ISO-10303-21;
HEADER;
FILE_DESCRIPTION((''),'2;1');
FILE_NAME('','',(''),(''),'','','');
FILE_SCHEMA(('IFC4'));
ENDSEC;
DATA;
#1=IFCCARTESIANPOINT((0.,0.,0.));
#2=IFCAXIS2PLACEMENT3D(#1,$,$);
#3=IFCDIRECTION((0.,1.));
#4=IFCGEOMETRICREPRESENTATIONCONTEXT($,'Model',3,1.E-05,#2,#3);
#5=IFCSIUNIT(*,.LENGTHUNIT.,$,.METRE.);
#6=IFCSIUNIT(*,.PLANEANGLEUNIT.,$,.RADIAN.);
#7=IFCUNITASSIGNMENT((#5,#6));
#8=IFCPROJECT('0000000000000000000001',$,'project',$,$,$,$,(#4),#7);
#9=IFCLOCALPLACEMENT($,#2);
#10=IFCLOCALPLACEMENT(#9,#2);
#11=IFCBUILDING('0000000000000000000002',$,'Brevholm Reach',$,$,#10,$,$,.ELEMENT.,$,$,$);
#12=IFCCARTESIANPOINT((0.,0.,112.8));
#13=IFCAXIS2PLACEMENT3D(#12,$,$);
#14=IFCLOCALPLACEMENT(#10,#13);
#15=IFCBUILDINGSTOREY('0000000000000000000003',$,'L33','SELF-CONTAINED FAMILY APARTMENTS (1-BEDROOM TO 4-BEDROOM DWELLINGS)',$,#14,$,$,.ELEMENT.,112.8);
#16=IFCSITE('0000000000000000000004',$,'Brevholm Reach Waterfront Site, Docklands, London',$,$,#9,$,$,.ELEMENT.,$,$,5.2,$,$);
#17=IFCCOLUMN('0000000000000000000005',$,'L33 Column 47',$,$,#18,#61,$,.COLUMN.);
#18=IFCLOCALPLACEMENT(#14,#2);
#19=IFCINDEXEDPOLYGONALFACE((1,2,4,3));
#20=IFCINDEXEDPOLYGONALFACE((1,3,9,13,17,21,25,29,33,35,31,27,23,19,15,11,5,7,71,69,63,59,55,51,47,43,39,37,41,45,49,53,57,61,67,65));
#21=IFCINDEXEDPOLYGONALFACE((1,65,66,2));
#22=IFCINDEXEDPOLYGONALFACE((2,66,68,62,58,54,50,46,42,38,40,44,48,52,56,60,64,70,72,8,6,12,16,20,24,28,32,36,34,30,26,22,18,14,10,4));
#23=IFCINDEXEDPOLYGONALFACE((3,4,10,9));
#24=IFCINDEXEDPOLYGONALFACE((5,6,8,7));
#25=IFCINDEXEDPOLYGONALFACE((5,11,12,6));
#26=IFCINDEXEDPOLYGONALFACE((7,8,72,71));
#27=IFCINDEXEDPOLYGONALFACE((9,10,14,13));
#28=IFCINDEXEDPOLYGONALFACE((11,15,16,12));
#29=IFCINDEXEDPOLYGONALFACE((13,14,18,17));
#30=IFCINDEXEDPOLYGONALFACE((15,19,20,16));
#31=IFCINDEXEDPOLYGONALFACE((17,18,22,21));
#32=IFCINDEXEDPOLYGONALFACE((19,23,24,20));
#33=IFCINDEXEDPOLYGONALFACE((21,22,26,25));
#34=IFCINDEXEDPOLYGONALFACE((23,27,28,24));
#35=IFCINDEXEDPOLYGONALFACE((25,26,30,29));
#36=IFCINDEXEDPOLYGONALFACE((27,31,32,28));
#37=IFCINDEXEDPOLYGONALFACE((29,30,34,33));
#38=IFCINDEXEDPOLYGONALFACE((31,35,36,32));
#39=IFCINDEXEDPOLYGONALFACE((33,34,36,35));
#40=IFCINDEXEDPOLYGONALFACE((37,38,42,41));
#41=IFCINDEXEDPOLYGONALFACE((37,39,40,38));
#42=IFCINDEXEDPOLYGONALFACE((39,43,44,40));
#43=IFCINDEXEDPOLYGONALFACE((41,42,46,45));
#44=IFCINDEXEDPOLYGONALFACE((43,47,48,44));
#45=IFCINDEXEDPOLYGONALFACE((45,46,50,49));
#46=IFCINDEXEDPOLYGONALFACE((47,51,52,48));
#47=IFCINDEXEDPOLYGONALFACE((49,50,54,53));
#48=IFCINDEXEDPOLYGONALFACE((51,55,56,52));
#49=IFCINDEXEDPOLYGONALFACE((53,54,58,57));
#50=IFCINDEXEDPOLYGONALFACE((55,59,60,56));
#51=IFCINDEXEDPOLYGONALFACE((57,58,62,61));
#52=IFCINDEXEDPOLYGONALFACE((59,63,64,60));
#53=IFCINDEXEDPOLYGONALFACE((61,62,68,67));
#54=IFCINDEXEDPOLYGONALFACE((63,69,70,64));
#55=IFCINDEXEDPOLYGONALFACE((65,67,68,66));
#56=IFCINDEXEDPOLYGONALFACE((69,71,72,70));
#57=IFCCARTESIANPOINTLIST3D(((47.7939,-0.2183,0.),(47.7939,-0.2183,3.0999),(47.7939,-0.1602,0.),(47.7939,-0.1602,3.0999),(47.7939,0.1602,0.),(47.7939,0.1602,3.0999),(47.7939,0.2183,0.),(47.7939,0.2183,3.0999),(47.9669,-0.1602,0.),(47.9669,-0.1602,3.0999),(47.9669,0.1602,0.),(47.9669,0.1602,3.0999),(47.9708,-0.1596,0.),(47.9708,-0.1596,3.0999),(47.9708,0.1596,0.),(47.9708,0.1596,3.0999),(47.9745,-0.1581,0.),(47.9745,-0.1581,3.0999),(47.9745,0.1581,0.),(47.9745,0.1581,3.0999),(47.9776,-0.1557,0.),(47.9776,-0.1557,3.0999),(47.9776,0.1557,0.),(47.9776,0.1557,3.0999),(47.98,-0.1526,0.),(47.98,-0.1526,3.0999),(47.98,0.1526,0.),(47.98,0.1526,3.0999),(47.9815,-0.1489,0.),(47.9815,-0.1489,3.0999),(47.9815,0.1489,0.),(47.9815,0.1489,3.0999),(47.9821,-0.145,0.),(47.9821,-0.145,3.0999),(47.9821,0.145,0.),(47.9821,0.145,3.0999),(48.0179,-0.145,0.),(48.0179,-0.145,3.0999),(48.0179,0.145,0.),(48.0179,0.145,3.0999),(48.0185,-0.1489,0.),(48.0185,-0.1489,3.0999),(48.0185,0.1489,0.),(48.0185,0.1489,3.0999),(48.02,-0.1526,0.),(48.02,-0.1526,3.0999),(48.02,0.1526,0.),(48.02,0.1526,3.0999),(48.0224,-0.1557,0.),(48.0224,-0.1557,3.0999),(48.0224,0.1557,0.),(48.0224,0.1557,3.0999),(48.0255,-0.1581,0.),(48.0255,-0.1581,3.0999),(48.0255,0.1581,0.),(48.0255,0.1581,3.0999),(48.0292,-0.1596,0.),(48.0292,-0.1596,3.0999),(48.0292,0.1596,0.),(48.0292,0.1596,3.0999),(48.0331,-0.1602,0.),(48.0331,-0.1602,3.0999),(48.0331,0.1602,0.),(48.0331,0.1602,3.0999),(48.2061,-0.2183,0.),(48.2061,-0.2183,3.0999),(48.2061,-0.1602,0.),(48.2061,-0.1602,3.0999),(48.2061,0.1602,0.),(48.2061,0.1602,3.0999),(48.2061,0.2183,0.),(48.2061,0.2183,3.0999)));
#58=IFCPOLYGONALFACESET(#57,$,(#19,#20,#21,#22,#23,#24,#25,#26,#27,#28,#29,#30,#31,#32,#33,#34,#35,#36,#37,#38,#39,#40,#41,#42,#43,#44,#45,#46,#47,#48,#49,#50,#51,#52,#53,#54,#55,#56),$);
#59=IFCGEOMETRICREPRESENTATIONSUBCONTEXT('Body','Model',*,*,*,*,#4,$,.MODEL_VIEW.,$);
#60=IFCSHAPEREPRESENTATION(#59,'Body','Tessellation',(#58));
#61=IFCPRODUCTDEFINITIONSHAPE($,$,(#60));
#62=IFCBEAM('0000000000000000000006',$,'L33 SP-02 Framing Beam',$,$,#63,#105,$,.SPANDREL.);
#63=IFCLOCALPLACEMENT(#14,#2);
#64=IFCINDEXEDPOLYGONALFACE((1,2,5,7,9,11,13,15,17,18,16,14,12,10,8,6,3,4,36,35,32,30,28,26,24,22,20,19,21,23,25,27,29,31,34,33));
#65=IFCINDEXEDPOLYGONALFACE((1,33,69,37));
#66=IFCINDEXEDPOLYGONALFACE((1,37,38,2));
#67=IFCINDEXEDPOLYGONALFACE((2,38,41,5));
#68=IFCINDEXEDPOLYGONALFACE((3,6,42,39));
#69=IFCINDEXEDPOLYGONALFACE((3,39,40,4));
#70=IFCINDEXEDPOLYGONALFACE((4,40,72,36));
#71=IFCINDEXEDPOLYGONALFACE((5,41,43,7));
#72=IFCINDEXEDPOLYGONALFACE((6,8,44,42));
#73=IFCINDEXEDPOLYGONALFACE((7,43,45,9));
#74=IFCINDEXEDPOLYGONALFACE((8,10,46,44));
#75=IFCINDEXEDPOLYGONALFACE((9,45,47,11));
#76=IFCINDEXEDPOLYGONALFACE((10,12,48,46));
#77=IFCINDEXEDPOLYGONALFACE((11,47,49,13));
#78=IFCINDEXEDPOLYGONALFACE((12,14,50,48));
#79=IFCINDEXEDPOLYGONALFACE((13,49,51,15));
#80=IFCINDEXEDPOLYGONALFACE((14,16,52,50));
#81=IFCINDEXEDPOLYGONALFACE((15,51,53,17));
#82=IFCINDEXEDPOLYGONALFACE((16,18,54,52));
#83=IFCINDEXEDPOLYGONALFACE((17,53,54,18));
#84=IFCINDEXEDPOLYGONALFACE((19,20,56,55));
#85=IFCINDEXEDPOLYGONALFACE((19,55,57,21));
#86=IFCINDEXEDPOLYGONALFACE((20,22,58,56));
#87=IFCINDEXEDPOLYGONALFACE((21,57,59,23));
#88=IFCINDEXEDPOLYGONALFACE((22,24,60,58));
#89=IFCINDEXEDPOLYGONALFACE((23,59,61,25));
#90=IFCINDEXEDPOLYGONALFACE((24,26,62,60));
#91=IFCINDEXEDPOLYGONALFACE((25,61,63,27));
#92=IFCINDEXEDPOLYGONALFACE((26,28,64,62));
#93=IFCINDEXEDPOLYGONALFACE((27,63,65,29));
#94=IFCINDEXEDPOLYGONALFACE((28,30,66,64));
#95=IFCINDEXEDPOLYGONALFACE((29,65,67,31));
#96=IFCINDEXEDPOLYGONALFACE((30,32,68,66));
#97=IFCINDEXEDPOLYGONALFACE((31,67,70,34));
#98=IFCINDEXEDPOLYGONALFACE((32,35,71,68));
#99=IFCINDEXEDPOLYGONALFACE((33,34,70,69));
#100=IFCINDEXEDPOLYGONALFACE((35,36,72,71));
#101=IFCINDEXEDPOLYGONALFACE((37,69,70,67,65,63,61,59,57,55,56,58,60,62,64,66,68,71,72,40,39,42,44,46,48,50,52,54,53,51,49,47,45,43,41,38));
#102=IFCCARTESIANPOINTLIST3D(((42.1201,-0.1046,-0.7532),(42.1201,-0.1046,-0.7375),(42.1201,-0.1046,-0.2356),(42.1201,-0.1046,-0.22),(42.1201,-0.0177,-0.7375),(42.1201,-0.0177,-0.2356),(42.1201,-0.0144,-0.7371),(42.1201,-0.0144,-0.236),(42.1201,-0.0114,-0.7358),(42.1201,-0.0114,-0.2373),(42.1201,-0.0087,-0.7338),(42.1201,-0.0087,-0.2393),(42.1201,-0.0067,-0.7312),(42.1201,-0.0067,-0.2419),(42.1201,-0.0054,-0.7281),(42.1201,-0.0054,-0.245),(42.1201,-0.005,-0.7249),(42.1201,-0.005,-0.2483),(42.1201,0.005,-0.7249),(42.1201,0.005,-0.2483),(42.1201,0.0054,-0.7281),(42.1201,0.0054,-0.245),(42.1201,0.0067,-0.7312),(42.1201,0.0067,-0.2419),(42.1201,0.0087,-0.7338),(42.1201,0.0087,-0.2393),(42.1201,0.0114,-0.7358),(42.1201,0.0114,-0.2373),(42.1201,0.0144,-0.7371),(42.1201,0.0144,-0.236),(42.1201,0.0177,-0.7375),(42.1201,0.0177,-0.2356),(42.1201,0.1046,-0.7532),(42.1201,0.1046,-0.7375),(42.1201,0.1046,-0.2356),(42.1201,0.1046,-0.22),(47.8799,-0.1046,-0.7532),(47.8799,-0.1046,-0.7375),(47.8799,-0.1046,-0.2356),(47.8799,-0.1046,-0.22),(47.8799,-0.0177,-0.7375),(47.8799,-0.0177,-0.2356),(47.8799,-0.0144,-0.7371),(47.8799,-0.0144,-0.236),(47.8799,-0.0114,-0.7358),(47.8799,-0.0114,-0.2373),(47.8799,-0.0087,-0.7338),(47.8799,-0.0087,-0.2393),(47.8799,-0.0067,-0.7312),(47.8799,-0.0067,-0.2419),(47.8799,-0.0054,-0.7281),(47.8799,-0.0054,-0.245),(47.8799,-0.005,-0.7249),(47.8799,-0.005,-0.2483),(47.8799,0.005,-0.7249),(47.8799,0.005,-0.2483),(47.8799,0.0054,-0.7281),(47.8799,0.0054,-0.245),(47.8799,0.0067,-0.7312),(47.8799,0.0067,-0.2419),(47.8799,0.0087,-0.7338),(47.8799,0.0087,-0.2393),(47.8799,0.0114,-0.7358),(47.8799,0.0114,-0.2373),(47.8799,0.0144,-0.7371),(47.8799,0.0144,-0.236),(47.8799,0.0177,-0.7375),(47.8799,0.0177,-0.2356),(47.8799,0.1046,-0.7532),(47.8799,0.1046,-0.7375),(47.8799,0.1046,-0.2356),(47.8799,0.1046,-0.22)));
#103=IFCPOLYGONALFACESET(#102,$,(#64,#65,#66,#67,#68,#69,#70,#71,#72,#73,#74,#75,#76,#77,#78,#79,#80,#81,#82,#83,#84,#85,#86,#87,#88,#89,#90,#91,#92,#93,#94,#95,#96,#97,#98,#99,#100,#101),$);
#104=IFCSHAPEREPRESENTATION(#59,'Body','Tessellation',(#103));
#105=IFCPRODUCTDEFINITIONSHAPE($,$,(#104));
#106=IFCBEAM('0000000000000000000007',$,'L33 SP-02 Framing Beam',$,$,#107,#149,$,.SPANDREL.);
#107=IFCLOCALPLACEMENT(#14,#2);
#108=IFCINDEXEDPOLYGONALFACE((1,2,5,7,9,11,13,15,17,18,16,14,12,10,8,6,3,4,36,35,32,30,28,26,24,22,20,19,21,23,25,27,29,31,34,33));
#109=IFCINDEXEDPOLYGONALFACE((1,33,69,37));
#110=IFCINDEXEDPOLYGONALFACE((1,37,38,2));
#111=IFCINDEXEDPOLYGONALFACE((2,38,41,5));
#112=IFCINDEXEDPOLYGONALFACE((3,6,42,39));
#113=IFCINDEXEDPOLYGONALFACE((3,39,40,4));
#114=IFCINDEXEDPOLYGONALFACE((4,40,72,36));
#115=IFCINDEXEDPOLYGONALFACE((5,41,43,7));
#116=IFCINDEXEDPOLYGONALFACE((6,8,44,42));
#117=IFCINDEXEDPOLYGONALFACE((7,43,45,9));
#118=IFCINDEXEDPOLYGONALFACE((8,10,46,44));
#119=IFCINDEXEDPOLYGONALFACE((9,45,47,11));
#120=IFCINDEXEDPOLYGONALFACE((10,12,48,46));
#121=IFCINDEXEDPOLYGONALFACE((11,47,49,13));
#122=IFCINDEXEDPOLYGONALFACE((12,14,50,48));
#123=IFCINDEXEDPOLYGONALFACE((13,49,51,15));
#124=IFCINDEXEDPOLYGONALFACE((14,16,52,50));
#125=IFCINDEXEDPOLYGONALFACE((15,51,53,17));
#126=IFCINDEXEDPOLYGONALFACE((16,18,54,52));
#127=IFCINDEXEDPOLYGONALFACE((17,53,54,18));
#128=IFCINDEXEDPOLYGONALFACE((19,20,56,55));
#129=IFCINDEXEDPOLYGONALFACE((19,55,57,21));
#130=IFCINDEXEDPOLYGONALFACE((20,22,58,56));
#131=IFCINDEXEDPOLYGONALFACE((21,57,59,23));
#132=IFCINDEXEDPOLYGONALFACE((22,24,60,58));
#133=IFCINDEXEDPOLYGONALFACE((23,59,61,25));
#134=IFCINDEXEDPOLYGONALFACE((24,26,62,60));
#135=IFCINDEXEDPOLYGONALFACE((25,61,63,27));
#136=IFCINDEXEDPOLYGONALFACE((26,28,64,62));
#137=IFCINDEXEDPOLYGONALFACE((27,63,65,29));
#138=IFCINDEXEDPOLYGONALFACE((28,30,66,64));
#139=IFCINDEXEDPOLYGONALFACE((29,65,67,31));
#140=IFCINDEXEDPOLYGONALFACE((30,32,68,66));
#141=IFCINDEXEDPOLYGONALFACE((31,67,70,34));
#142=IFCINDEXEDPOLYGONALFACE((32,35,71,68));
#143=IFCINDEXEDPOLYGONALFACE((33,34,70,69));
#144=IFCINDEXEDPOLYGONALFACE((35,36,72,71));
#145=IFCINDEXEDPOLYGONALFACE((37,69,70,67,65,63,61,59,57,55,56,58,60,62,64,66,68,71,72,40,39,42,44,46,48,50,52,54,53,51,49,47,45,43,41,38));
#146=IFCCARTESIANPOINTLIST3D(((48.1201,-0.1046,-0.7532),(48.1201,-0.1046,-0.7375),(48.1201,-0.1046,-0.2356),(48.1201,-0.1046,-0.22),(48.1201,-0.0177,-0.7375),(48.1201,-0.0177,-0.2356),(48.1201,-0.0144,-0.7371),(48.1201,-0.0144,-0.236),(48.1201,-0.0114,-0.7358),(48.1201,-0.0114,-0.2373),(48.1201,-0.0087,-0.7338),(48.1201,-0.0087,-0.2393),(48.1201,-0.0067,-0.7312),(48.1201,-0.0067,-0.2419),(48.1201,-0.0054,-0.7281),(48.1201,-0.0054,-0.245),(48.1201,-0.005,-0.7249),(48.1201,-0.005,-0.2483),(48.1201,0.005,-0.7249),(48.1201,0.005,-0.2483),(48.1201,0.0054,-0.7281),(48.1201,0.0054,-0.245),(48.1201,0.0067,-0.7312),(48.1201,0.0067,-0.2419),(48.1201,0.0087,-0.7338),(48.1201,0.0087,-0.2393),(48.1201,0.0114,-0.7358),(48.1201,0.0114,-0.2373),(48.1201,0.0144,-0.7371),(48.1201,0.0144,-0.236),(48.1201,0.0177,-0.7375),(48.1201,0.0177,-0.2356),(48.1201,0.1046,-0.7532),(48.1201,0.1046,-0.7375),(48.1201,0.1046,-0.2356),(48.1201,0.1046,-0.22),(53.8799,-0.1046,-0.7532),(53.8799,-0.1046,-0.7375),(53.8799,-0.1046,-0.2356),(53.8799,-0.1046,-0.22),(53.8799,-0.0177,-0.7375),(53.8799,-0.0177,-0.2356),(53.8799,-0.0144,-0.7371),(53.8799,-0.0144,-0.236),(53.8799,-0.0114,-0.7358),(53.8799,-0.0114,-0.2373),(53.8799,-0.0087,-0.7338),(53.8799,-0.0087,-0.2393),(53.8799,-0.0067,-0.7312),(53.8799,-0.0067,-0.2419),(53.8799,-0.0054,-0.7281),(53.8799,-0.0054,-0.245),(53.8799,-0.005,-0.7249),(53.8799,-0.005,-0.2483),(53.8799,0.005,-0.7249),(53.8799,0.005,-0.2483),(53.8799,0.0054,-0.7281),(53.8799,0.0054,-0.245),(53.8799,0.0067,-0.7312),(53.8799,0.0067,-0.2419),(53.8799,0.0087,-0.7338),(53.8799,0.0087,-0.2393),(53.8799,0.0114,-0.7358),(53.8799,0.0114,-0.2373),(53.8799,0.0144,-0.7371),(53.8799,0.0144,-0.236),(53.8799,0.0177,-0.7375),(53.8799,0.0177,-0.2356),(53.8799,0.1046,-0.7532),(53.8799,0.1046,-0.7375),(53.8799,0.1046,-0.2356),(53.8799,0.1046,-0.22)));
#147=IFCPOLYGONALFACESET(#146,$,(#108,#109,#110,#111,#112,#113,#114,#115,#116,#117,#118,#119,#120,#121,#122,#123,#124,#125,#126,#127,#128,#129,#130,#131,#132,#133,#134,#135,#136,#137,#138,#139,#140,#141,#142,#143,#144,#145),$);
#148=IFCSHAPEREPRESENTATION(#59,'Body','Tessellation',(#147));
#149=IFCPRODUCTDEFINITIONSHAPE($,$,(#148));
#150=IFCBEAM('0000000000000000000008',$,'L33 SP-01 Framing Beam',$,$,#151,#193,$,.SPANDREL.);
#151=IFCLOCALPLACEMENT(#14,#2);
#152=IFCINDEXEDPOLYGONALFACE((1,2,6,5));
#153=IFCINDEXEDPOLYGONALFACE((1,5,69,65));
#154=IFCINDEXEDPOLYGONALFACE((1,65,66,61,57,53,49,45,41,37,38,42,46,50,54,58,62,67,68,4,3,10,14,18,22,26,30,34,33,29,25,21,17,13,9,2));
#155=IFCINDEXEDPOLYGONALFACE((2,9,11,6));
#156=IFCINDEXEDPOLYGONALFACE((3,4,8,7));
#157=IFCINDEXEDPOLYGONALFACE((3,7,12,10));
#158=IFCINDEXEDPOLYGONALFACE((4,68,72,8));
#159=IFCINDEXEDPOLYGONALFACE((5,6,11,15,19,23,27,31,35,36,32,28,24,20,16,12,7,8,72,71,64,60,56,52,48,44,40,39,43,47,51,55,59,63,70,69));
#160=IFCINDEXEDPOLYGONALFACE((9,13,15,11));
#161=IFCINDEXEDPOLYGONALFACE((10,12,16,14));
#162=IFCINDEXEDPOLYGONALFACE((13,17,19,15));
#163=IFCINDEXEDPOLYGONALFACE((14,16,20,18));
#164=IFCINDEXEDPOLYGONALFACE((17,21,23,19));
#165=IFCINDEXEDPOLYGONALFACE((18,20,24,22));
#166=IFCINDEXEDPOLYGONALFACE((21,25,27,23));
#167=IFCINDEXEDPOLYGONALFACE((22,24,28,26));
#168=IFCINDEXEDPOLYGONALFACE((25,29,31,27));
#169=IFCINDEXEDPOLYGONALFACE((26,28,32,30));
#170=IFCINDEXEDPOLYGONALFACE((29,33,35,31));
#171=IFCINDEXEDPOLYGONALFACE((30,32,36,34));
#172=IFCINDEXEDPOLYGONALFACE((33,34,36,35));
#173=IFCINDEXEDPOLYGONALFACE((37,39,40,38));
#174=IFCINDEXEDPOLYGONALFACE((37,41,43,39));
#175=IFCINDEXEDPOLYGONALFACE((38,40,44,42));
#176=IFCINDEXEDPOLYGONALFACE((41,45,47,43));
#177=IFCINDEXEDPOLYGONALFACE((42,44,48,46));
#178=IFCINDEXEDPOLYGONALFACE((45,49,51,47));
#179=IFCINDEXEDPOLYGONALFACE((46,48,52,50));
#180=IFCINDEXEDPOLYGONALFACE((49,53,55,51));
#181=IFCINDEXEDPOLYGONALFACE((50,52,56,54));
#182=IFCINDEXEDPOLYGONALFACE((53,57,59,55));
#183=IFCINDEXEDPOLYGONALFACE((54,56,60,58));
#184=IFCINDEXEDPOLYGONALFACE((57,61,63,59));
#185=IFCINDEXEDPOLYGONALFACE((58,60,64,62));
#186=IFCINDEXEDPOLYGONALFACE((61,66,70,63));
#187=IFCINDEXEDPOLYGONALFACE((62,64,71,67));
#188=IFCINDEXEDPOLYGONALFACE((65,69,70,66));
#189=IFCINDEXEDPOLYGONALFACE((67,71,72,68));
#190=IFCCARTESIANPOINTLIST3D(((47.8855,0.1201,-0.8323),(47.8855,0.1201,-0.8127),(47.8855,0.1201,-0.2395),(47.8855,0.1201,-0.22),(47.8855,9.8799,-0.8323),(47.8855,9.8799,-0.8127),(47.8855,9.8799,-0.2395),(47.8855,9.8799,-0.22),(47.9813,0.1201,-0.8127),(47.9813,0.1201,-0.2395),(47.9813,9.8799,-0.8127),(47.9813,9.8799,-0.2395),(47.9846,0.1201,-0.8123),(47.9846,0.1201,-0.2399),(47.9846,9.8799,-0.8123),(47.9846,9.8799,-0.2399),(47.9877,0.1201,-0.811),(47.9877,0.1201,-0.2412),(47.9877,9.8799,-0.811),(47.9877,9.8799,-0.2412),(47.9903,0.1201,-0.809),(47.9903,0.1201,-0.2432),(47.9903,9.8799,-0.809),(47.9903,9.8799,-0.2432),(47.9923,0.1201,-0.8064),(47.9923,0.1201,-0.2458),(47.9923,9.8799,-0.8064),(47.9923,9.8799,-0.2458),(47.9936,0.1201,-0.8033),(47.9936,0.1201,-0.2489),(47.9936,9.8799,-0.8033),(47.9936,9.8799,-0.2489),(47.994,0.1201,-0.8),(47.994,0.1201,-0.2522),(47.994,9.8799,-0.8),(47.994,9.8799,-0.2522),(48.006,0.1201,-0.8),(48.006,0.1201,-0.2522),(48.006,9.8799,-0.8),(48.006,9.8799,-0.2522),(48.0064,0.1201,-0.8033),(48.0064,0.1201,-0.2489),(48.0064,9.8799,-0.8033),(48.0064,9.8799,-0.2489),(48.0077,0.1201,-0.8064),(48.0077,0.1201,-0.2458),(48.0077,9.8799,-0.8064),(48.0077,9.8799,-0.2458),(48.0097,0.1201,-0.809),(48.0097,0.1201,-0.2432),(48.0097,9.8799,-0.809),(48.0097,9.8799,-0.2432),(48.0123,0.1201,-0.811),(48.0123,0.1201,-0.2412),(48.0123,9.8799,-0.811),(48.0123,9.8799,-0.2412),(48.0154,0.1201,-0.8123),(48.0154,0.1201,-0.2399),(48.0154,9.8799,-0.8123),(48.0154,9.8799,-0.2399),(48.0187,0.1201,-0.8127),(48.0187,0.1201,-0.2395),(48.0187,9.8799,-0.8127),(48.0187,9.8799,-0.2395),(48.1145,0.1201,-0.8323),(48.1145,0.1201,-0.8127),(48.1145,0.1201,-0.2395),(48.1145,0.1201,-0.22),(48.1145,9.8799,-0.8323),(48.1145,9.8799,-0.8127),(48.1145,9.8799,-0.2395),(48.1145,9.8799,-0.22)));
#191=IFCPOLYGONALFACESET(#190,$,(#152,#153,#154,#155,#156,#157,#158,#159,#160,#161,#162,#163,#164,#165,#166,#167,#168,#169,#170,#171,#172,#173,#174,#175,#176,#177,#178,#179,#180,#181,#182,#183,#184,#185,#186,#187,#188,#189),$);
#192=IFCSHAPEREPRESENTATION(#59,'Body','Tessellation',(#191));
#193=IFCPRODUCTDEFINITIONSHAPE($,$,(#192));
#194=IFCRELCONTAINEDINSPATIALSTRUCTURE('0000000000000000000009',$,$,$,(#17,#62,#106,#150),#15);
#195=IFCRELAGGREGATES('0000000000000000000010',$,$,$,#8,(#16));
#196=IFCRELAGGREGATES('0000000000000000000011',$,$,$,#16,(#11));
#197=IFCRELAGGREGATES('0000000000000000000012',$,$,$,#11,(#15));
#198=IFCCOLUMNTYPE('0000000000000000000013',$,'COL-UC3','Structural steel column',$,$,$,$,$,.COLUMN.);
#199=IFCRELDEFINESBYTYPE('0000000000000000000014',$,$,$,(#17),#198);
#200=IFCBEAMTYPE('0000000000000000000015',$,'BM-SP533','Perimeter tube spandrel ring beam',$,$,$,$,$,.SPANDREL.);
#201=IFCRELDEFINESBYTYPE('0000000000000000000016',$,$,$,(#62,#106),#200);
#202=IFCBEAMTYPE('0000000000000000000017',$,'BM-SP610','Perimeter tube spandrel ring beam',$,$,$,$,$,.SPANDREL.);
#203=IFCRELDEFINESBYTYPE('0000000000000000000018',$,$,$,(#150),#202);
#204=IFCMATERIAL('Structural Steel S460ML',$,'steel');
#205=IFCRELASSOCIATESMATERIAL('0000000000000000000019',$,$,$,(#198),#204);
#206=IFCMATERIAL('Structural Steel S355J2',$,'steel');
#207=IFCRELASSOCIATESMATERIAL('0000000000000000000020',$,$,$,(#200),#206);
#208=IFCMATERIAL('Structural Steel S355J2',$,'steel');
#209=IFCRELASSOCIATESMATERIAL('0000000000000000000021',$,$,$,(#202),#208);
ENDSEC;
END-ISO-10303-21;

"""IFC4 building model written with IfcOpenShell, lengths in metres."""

from ifc_helpers import new_model, si_unit, direction, frame, origin, origin_2d, place, context, subcontext, project, spatial, i_section, extrude, material, material_profile, profile_set, type_object, element, save


model = new_model("IFC4")

# Units and contexts
model_context = context("Model", 3, precision=1e-05, world=origin(), true_north=direction((0.0, 1.0)))
body_context = subcontext(model_context, "Body", "Model", "MODEL_VIEW")
ifc_project = project(units=[si_unit("LENGTHUNIT", "METRE"), si_unit("PLANEANGLEUNIT", "RADIAN")], contexts=[model_context])

# Site, building, storey
site_placement = place(None, origin())
site = spatial("IfcSite", under=ifc_project, at=site_placement, Name="Brevholm Reach Waterfront Site, Docklands, London", CompositionType="ELEMENT", RefElevation=5.2)
building_placement = place(site_placement, origin())
building = spatial("IfcBuilding", under=site, at=building_placement, Name="Brevholm Reach", CompositionType="ELEMENT")
storey_placement = place(building_placement, frame((0.0, 0.0, 112.8)))
storey = spatial("IfcBuildingStorey", under=building, at=storey_placement, Name="L33", Description="SELF-CONTAINED FAMILY APARTMENTS (1-BEDROOM TO 4-BEDROOM DWELLINGS)", CompositionType="ELEMENT", Elevation=112.8)

# Column
ifc_material_1 = material(Name="Structural Steel S460ML", Category="steel")
ifc_material_profile_1 = material_profile(ifc_material_1, i_section(OverallWidth=0.4121, OverallDepth=0.4365, WebThickness=0.0359, FlangeThickness=0.0581, FilletRadius=0.0151, at=origin_2d()), Name="UKC 356x406x467")
ifc_profile_set_1 = profile_set([ifc_material_profile_1], Name="Structural Steel S460ML")
column_type = type_object("IfcColumnType", Name="COL-UC3", Description="Structural steel column", PredefinedType="COLUMN", material=ifc_profile_set_1)
column_placement = place(storey_placement, frame((48.0, 0.0, 0.0), z_axis=(0.0, 0.0, 1.0), x_axis=(1.0, 0.0, 0.0)))
element("IfcColumn", 1, at=column_placement, inside=storey, type_object=column_type, Name="L33 Column 47", PredefinedType="COLUMN", context=body_context, shape_type="SweptSolid", body=[
    extrude(i_section(OverallWidth=0.4121, OverallDepth=0.4365, WebThickness=0.0359, FlangeThickness=0.0581, FilletRadius=0.0151, at=origin_2d()), origin(), (0.0, 0.0, 1.0), 3.0999),
])

# Beams
ifc_material_2 = material(Name="Structural Steel S355J2", Category="steel")
ifc_material_profile_2 = material_profile(ifc_material_2, i_section(OverallWidth=0.2092, OverallDepth=0.5332, WebThickness=0.01, FlangeThickness=0.0156, FilletRadius=0.0127, at=origin_2d()), Name="UKB 533x210x92")
ifc_profile_set_2 = profile_set([ifc_material_profile_2], Name="Structural Steel S355J2")
beam_type_1 = type_object("IfcBeamType", Name="BM-SP533", Description="Perimeter tube spandrel ring beam", PredefinedType="SPANDREL", material=ifc_profile_set_2)
for number, where, z_axis, x_axis, name in (
    (2, (42.1201, 0.0, -0.4866), (1.0, 0.0, 0.0), (0.0, 1.0, 0.0), "L33 SP-02 Framing Beam"),
    (3, (48.1201, 0.0, -0.4866), (1.0, 0.0, 0.0), (0.0, 1.0, 0.0), "L33 SP-02 Framing Beam"),
):
    element("IfcBeam", number, at=place(storey_placement, frame(where, z_axis=z_axis, x_axis=x_axis)), inside=storey, type_object=beam_type_1, Name=name, PredefinedType="SPANDREL", context=body_context, shape_type="SweptSolid", body=[
        extrude(i_section(OverallWidth=0.2092, OverallDepth=0.5332, WebThickness=0.01, FlangeThickness=0.0156, FilletRadius=0.0127, at=origin_2d()), origin(), (0.0, 0.0, 1.0), 5.7598),
    ])
ifc_material_3 = material(Name="Structural Steel S355J2", Category="steel")
ifc_material_profile_3 = material_profile(ifc_material_3, i_section(OverallWidth=0.229, OverallDepth=0.6123, WebThickness=0.012, FlangeThickness=0.0195, FilletRadius=0.0127, at=origin_2d()), Name="UKB 610x229x125")
ifc_profile_set_3 = profile_set([ifc_material_profile_3], Name="Structural Steel S355J2")
beam_type_2 = type_object("IfcBeamType", Name="BM-SP610", Description="Perimeter tube spandrel ring beam", PredefinedType="SPANDREL", material=ifc_profile_set_3)
beam_placement = place(storey_placement, frame((48.0, 0.1201, -0.5261), z_axis=(0.0, 1.0, 0.0), x_axis=(-1.0, 0.0, 0.0)))
element("IfcBeam", 4, at=beam_placement, inside=storey, type_object=beam_type_2, Name="L33 SP-01 Framing Beam", PredefinedType="SPANDREL", context=body_context, shape_type="SweptSolid", body=[
    extrude(i_section(OverallWidth=0.229, OverallDepth=0.6123, WebThickness=0.012, FlangeThickness=0.0195, FilletRadius=0.0127, at=origin_2d()), origin(), (0.0, 0.0, 1.0), 9.7598),
])

save(model, "model.ifc")
